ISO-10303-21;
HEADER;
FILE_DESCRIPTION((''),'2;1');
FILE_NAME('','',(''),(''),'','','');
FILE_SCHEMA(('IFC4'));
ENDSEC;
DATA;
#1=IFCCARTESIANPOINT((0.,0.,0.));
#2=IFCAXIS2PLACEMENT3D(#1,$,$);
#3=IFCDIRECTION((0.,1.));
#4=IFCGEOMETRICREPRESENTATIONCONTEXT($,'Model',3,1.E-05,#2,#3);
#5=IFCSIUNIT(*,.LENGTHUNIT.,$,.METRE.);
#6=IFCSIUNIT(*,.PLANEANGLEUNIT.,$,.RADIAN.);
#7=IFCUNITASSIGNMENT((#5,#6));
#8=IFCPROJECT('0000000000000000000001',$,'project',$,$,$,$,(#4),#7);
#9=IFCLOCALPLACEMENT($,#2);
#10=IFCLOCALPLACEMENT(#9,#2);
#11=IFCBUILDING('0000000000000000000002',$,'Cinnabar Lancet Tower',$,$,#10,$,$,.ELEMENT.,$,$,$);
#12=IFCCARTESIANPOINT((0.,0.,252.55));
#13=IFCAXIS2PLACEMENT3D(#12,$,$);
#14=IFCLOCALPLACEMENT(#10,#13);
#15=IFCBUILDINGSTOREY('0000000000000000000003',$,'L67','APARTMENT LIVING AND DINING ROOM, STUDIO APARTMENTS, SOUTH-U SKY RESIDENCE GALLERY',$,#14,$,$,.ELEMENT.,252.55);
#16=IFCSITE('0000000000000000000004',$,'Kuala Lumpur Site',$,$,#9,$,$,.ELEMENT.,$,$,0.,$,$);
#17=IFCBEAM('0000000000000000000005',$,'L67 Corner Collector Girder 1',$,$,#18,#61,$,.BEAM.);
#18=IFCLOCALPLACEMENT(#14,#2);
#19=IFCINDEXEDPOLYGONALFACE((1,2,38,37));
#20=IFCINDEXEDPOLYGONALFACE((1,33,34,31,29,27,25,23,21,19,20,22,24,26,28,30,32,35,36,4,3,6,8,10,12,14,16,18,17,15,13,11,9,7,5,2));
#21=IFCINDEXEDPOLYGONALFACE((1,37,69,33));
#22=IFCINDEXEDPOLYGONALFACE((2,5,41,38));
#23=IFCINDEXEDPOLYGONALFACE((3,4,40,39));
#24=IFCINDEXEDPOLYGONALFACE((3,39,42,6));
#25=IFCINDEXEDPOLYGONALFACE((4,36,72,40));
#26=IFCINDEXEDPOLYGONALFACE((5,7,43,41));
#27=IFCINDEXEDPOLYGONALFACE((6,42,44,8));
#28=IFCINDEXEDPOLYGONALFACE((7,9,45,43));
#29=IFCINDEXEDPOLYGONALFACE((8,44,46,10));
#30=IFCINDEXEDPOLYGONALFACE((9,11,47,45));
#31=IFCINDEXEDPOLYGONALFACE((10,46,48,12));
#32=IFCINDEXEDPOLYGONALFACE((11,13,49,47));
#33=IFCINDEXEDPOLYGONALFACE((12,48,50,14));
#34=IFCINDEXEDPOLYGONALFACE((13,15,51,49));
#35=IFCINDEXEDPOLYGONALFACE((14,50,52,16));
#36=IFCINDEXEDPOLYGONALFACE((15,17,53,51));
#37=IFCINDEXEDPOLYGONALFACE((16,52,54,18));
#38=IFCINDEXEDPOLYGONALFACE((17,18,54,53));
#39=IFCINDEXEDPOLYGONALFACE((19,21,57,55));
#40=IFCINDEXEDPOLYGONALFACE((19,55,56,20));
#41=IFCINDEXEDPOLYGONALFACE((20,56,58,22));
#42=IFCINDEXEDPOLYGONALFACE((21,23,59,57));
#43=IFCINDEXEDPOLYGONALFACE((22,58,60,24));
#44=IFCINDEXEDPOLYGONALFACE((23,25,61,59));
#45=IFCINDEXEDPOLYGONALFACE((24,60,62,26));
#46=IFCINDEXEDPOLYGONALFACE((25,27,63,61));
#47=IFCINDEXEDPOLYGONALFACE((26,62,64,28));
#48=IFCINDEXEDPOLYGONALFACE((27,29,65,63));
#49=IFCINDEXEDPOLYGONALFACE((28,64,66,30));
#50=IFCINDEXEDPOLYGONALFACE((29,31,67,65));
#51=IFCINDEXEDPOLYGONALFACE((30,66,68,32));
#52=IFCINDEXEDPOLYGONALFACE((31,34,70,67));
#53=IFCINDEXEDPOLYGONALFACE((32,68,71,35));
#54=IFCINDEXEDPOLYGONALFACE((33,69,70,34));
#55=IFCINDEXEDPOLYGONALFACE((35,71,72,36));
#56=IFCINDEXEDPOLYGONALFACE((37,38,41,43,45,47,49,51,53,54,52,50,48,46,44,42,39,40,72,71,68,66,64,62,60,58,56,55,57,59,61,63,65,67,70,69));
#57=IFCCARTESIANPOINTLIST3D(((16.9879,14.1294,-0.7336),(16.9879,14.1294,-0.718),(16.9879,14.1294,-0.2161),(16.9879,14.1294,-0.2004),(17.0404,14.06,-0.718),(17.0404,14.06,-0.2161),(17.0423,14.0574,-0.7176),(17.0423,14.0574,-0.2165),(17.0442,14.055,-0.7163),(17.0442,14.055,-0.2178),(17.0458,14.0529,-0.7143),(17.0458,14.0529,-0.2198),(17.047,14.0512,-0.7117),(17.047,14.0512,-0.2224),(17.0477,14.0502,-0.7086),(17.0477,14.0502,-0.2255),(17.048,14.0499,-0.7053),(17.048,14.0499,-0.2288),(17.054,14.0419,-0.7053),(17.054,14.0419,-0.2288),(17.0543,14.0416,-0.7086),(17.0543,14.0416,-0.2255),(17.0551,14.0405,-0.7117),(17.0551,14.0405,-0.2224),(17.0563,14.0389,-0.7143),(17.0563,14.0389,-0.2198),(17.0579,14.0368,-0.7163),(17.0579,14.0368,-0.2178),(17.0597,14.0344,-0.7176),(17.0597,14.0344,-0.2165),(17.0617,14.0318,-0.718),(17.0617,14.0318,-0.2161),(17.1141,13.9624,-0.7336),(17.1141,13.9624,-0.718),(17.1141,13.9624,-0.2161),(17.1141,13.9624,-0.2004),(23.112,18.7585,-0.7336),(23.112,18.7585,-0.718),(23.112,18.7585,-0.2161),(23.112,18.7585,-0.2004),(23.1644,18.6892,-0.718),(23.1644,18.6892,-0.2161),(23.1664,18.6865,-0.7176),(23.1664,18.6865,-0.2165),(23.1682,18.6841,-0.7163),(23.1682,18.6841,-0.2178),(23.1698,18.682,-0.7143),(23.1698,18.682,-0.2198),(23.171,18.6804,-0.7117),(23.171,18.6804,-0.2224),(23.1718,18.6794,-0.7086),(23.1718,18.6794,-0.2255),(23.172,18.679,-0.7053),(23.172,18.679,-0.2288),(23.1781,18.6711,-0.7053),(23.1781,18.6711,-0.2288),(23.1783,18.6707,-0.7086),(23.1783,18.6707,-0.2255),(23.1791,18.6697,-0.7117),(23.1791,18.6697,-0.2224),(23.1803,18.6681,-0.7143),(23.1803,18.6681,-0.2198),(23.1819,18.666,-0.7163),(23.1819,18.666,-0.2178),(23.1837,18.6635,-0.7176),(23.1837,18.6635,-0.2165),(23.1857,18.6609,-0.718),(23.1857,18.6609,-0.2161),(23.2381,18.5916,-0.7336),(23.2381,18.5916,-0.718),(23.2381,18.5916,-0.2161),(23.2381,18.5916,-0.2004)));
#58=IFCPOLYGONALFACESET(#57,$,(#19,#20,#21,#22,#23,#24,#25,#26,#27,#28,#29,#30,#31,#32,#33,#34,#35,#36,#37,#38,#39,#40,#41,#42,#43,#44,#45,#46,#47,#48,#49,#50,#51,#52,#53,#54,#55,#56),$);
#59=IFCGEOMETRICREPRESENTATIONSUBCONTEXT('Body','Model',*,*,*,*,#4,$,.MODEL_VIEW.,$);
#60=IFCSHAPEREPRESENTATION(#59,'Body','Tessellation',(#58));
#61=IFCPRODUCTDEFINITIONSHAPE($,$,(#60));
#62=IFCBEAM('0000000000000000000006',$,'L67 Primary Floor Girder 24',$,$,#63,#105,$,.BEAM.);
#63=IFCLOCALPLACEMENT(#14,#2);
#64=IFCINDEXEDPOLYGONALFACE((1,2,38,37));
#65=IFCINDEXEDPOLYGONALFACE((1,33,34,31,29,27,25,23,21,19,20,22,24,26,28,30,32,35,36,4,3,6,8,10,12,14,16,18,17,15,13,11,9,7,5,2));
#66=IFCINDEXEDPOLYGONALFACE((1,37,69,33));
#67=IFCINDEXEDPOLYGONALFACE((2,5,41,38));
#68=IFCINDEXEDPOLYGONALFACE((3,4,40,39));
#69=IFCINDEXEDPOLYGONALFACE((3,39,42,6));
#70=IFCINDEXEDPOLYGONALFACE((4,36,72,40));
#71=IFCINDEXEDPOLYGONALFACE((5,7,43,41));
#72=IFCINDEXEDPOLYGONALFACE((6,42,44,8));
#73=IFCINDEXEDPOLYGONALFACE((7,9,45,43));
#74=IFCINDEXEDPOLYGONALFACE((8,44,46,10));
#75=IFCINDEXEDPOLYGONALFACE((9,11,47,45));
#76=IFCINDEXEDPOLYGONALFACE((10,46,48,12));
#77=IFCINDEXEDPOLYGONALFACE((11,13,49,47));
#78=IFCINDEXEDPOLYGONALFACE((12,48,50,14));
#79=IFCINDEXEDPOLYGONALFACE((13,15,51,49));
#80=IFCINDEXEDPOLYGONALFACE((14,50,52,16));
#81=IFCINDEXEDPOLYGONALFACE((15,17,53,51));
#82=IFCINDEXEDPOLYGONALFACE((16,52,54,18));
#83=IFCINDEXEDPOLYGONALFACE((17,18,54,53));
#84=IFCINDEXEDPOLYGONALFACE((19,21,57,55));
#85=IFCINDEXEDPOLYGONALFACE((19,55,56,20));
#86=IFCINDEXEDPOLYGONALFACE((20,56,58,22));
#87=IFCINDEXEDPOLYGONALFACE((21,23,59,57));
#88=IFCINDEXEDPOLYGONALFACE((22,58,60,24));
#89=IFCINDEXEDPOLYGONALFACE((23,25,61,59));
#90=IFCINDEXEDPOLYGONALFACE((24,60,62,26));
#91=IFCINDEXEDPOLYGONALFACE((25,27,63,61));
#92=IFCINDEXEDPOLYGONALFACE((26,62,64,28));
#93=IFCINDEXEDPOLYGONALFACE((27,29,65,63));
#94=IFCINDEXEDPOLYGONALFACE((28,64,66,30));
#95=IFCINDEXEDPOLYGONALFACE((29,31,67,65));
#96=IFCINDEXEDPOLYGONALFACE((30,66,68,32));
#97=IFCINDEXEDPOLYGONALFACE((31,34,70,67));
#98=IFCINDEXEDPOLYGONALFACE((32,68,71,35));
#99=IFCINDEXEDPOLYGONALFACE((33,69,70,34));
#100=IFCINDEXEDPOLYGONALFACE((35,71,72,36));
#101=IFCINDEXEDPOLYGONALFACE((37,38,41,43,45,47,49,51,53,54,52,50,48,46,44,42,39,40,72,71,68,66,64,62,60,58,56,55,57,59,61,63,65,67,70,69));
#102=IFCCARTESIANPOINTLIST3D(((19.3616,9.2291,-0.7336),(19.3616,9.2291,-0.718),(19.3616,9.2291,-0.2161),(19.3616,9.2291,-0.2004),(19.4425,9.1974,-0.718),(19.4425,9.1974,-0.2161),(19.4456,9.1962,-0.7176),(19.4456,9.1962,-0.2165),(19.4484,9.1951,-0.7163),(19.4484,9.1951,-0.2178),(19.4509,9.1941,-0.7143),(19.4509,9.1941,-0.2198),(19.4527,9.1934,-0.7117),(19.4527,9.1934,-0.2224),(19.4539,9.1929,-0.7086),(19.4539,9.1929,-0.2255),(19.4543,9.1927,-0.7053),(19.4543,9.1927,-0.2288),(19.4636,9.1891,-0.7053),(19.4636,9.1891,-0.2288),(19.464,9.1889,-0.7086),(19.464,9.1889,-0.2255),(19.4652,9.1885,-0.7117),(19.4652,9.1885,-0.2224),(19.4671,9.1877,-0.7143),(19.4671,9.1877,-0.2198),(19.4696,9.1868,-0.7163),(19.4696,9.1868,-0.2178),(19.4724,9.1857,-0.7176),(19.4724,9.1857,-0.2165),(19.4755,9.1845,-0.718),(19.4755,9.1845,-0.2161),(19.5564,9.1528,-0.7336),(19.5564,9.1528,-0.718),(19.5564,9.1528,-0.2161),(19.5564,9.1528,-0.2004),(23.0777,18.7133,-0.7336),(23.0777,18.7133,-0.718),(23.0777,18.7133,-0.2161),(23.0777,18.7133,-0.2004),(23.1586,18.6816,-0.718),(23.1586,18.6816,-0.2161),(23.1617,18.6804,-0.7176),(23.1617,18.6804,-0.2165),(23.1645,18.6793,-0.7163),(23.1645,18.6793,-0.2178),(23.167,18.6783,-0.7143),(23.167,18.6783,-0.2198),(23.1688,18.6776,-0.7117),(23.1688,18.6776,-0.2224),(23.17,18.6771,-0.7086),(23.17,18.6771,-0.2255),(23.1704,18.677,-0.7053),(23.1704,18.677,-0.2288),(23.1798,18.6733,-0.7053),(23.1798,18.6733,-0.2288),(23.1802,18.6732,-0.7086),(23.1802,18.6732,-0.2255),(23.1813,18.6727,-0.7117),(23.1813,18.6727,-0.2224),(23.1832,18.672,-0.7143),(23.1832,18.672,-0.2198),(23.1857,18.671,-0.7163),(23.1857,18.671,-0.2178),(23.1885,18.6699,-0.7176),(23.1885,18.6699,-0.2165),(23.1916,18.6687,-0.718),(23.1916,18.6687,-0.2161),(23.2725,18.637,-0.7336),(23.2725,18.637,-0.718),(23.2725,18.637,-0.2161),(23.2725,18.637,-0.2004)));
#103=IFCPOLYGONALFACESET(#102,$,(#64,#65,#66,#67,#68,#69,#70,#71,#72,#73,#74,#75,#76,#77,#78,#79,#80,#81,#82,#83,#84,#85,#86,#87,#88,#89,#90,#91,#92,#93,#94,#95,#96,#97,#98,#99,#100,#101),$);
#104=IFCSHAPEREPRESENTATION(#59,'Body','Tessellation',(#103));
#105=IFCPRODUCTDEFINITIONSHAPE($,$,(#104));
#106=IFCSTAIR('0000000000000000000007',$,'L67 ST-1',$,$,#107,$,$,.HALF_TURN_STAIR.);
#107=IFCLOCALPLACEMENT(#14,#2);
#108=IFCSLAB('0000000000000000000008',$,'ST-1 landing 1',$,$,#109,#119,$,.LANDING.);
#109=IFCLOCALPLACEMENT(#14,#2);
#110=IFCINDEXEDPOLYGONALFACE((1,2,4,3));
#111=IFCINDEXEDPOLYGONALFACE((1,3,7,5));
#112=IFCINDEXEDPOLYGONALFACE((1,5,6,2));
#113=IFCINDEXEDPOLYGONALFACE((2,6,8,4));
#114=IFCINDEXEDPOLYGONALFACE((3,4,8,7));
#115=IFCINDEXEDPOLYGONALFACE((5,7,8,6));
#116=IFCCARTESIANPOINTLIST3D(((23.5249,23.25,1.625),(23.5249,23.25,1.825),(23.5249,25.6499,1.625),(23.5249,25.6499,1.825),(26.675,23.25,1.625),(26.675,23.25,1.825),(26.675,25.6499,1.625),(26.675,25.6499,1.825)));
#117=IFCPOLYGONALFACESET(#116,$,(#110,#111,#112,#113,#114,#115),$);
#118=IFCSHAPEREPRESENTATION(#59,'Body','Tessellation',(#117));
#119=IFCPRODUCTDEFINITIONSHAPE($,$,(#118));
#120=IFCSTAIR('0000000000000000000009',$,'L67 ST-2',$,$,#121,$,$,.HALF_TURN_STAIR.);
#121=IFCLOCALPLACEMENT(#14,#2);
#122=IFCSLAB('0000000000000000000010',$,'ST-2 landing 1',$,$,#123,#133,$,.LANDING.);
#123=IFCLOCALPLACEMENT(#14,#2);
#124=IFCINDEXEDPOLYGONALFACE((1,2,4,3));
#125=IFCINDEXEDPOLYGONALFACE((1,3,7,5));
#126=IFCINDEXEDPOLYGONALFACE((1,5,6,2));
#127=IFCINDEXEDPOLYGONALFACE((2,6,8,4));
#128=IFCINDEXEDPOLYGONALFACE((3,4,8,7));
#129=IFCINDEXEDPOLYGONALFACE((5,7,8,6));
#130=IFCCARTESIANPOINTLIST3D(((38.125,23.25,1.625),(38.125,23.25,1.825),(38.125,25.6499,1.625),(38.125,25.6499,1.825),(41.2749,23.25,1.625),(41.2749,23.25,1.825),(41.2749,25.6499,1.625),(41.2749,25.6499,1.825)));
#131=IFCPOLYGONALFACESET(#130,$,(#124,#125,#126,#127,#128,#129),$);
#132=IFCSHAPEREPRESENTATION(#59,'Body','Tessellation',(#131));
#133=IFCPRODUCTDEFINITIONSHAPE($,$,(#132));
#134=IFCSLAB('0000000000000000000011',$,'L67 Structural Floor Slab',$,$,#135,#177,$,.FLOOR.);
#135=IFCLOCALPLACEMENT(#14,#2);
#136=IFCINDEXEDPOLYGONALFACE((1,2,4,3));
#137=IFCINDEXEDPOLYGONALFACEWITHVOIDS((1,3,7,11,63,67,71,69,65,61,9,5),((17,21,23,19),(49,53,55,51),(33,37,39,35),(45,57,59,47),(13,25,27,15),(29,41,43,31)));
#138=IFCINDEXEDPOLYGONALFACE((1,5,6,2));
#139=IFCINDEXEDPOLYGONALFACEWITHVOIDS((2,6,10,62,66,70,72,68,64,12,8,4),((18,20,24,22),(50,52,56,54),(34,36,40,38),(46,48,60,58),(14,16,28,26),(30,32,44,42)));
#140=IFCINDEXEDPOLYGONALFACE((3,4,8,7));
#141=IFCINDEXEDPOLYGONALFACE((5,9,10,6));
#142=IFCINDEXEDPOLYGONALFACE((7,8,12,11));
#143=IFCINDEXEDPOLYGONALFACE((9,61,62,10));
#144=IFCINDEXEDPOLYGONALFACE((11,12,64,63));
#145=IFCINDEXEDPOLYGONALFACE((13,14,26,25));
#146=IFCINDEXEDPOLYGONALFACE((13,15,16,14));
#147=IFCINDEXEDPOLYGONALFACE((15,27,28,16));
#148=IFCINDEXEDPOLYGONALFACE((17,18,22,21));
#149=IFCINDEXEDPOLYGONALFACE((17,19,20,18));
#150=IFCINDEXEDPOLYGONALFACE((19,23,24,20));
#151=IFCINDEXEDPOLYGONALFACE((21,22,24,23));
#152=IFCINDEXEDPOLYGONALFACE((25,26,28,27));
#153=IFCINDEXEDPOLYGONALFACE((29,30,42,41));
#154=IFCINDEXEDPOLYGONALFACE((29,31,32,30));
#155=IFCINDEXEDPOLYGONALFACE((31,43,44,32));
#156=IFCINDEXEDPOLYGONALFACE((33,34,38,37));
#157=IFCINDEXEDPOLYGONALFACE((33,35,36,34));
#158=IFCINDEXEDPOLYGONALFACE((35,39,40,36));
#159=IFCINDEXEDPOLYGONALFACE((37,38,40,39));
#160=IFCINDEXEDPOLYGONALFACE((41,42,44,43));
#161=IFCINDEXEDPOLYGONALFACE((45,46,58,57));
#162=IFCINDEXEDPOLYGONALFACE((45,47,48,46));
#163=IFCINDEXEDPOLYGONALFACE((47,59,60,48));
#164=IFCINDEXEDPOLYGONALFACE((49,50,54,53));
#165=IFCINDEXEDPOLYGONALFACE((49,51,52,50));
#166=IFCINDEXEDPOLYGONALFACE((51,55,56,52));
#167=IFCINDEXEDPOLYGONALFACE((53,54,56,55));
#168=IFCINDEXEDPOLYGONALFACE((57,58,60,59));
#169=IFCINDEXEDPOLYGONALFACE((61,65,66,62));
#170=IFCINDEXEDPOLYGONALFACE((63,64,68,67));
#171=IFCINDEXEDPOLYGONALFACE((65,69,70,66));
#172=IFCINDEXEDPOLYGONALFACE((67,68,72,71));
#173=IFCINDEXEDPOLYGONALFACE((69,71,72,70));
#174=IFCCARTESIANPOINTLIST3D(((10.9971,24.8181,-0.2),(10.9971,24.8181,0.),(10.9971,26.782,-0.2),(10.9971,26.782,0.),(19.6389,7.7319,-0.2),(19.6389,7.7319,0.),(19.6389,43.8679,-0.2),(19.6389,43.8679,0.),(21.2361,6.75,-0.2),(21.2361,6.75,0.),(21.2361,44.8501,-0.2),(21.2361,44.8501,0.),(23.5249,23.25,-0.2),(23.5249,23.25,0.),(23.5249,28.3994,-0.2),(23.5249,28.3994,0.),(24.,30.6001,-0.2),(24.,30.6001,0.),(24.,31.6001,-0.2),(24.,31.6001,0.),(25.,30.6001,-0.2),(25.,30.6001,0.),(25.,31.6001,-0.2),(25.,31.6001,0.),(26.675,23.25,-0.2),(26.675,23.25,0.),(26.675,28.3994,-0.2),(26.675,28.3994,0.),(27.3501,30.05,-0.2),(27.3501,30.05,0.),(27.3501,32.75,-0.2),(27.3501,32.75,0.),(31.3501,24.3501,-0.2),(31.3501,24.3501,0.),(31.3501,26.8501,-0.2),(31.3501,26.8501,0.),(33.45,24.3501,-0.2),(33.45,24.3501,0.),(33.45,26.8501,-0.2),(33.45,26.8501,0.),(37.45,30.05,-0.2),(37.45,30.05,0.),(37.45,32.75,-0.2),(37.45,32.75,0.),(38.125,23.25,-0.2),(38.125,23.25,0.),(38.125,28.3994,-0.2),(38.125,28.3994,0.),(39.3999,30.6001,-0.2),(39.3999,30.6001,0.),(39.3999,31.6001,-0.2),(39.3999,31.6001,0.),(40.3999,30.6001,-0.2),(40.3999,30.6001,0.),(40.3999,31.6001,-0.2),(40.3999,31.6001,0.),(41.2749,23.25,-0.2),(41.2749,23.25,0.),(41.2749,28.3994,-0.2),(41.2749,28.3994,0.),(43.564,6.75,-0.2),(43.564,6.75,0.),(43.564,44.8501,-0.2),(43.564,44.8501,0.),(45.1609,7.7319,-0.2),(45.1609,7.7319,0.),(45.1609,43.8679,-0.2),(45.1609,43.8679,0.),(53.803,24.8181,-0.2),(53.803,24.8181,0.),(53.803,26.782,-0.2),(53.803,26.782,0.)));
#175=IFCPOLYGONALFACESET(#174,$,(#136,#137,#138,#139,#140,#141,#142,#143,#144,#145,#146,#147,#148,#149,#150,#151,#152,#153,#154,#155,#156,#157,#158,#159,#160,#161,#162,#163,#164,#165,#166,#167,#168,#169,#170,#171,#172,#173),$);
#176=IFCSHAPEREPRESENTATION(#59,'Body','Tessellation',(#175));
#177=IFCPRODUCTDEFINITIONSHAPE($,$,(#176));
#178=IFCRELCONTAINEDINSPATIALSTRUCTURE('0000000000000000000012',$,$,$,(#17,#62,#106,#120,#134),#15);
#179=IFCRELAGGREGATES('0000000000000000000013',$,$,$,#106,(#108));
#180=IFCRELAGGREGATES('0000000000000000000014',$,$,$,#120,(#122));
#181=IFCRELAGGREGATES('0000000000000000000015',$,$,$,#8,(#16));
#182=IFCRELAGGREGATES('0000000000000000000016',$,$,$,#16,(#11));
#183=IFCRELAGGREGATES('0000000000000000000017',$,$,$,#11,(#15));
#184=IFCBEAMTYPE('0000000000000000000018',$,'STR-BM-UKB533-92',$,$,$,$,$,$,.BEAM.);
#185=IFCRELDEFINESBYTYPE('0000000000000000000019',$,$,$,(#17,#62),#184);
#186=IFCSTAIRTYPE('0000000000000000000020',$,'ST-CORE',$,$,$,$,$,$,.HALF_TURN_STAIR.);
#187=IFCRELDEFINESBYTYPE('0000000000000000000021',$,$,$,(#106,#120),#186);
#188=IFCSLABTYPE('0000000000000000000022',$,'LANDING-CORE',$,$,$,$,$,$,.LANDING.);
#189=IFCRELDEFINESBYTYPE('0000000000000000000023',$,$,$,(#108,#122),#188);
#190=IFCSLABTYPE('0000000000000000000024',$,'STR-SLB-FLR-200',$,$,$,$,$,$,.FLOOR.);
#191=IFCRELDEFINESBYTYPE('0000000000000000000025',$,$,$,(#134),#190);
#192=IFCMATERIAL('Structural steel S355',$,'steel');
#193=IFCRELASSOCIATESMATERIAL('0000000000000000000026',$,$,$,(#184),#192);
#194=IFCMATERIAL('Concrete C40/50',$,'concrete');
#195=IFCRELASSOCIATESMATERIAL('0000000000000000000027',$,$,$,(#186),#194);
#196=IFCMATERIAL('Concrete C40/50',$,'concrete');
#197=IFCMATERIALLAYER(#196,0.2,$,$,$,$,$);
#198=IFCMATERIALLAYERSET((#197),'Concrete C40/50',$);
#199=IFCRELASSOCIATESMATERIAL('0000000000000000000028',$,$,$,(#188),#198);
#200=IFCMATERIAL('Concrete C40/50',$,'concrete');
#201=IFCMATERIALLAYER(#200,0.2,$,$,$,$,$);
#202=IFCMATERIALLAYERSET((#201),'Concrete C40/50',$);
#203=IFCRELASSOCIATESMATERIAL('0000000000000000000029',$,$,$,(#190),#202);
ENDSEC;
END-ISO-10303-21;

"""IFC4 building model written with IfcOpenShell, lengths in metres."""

from ifc_helpers import new_model, si_unit, direction, frame, origin, origin_2d, place, context, subcontext, project, spatial, polyline, i_section, outline, extrude, material, layer, layer_set, material_profile, profile_set, type_object, element, aggregate, save


model = new_model("IFC4")

# Units and contexts
model_context = context("Model", 3, precision=1e-05, world=origin(), true_north=direction((0.0, 1.0)))
body_context = subcontext(model_context, "Body", "Model", "MODEL_VIEW")
ifc_project = project(units=[si_unit("LENGTHUNIT", "METRE"), si_unit("PLANEANGLEUNIT", "RADIAN")], contexts=[model_context])

# Site, building, storey
site_placement = place(None, origin())
site = spatial("IfcSite", under=ifc_project, at=site_placement, Name="Kuala Lumpur Site", CompositionType="ELEMENT", RefElevation=0.0)
building_placement = place(site_placement, origin())
building = spatial("IfcBuilding", under=site, at=building_placement, Name="Cinnabar Lancet Tower", CompositionType="ELEMENT")
storey_placement = place(building_placement, frame((0.0, 0.0, 252.55)))
storey = spatial("IfcBuildingStorey", under=building, at=storey_placement, Name="L67", Description="APARTMENT LIVING AND DINING ROOM, STUDIO APARTMENTS, SOUTH-U SKY RESIDENCE GALLERY", CompositionType="ELEMENT", Elevation=252.55)

# Beams
ifc_material_1 = material(Name="Structural steel S355", Category="steel")
ifc_material_profile_1 = material_profile(ifc_material_1, i_section(OverallWidth=0.2092, OverallDepth=0.5332, WebThickness=0.01, FlangeThickness=0.0156, FilletRadius=0.0127, at=origin_2d()), Name="UKB 533x210x92")
ifc_profile_set_1 = profile_set([ifc_material_profile_1], Name="Structural steel S355")
beam_type_1 = type_object("IfcBeamType", Name="STR-BM-UKB533-92", PredefinedType="BEAM", material=ifc_profile_set_1)
beam_1_placement = place(storey_placement, frame((17.051, 14.0459, -0.467), z_axis=(0.797735, 0.603008, 0.0), x_axis=(-0.603008, 0.797735, 0.0)))
element("IfcBeam", 1, at=beam_1_placement, inside=storey, type_object=beam_type_1, Name="L67 Corner Collector Girder 1", PredefinedType="BEAM", context=body_context, shape_type="SweptSolid", body=[
    extrude(i_section(OverallWidth=0.2092, OverallDepth=0.5332, WebThickness=0.01, FlangeThickness=0.0156, FilletRadius=0.0127, at=origin_2d()), origin(), (0.0, 0.0, 1.0), 7.6768),
])
beam_2_placement = place(storey_placement, frame((19.459, 9.1909, -0.467), z_axis=(0.364815, 0.93108, 0.0), x_axis=(-0.93108, 0.364815, 0.0)))
element("IfcBeam", 2, at=beam_2_placement, inside=storey, type_object=beam_type_1, Name="L67 Primary Floor Girder 24", PredefinedType="BEAM", context=body_context, shape_type="SweptSolid", body=[
    extrude(i_section(OverallWidth=0.2092, OverallDepth=0.5332, WebThickness=0.01, FlangeThickness=0.0156, FilletRadius=0.0127, at=origin_2d()), origin(), (0.0, 0.0, 1.0), 10.1863),
])

# Stairs, slabs
ifc_material_2 = material(Name="Concrete C40/50", Category="concrete")
stair_type = type_object("IfcStairType", Name="ST-CORE", PredefinedType="HALF_TURN_STAIR", material=ifc_material_2)
stair_1_placement = place(storey_placement, origin())
stair_1 = element("IfcStair", 3, at=stair_1_placement, inside=storey, type_object=stair_type, Name="L67 ST-1", PredefinedType="HALF_TURN_STAIR")
ifc_material_3 = material(Name="Concrete C40/50", Category="concrete")
ifc_layer_1 = layer(ifc_material_3, 0.2)
ifc_layer_set_1 = layer_set([ifc_layer_1], Name="Concrete C40/50")
slab_type_1 = type_object("IfcSlabType", Name="LANDING-CORE", PredefinedType="LANDING", material=ifc_layer_set_1)
slab_1_placement = place(storey_placement, frame((0.0, 0.0, 1.625)))
slab_1 = element("IfcSlab", 4, at=slab_1_placement, type_object=slab_type_1, Name="ST-1 landing 1", PredefinedType="LANDING", context=body_context, shape_type="SweptSolid", body=[
    extrude(outline(polyline([(23.5249, 25.6499), (23.5249, 23.25), (26.675, 23.25), (26.675, 25.6499), (23.5249, 25.6499)])), origin(), (0.0, 0.0, 1.0), 0.2),
])
aggregate(stair_1, [slab_1])
stair_2_placement = place(storey_placement, origin())
stair_2 = element("IfcStair", 5, at=stair_2_placement, inside=storey, type_object=stair_type, Name="L67 ST-2", PredefinedType="HALF_TURN_STAIR")
slab_2_placement = place(storey_placement, frame((0.0, 0.0, 1.625)))
slab_2 = element("IfcSlab", 6, at=slab_2_placement, type_object=slab_type_1, Name="ST-2 landing 1", PredefinedType="LANDING", context=body_context, shape_type="SweptSolid", body=[
    extrude(outline(polyline([(38.125, 25.6499), (38.125, 23.25), (41.2749, 23.25), (41.2749, 25.6499), (38.125, 25.6499)])), origin(), (0.0, 0.0, 1.0), 0.2),
])
aggregate(stair_2, [slab_2])

# Slab
ifc_material_4 = material(Name="Concrete C40/50", Category="concrete")
ifc_layer_2 = layer(ifc_material_4, 0.2)
ifc_layer_set_2 = layer_set([ifc_layer_2], Name="Concrete C40/50")
slab_type_2 = type_object("IfcSlabType", Name="STR-SLB-FLR-200", PredefinedType="FLOOR", material=ifc_layer_set_2)
slab_3_placement = place(storey_placement, frame((0.0, 0.0, -0.2)))
element("IfcSlab", 7, at=slab_3_placement, inside=storey, type_object=slab_type_2, Name="L67 Structural Floor Slab", PredefinedType="FLOOR", context=body_context, shape_type="SweptSolid", body=[
    extrude(outline(polyline([(19.6389, 7.7319), (21.2361, 6.75), (43.564, 6.75), (45.1609, 7.7319), (53.803, 24.8181), (53.803, 26.782), (45.1609, 43.8679), (43.564, 44.8501), (21.2361, 44.8501), (19.6389, 43.8679), (10.9971, 26.782), (10.9971, 24.8181), (19.6389, 7.7319)]), holes=[polyline([(23.5249, 23.25), (26.675, 23.25), (26.675, 28.3994), (23.5249, 28.3994), (23.5249, 23.25)]), polyline([(38.125, 23.25), (41.2749, 23.25), (41.2749, 28.3994), (38.125, 28.3994), (38.125, 23.25)]), polyline([(27.3501, 30.05), (37.45, 30.05), (37.45, 32.75), (27.3501, 32.75), (27.3501, 30.05)]), polyline([(31.3501, 24.3501), (33.45, 24.3501), (33.45, 26.8501), (31.3501, 26.8501), (31.3501, 24.3501)]), polyline([(24.0, 30.6001), (25.0, 30.6001), (25.0, 31.6001), (24.0, 31.6001), (24.0, 30.6001)]), polyline([(39.3999, 30.6001), (40.3999, 30.6001), (40.3999, 31.6001), (39.3999, 31.6001), (39.3999, 30.6001)])]), origin(), (0.0, 0.0, 1.0), 0.2),
])

save(model, "model.ifc")
